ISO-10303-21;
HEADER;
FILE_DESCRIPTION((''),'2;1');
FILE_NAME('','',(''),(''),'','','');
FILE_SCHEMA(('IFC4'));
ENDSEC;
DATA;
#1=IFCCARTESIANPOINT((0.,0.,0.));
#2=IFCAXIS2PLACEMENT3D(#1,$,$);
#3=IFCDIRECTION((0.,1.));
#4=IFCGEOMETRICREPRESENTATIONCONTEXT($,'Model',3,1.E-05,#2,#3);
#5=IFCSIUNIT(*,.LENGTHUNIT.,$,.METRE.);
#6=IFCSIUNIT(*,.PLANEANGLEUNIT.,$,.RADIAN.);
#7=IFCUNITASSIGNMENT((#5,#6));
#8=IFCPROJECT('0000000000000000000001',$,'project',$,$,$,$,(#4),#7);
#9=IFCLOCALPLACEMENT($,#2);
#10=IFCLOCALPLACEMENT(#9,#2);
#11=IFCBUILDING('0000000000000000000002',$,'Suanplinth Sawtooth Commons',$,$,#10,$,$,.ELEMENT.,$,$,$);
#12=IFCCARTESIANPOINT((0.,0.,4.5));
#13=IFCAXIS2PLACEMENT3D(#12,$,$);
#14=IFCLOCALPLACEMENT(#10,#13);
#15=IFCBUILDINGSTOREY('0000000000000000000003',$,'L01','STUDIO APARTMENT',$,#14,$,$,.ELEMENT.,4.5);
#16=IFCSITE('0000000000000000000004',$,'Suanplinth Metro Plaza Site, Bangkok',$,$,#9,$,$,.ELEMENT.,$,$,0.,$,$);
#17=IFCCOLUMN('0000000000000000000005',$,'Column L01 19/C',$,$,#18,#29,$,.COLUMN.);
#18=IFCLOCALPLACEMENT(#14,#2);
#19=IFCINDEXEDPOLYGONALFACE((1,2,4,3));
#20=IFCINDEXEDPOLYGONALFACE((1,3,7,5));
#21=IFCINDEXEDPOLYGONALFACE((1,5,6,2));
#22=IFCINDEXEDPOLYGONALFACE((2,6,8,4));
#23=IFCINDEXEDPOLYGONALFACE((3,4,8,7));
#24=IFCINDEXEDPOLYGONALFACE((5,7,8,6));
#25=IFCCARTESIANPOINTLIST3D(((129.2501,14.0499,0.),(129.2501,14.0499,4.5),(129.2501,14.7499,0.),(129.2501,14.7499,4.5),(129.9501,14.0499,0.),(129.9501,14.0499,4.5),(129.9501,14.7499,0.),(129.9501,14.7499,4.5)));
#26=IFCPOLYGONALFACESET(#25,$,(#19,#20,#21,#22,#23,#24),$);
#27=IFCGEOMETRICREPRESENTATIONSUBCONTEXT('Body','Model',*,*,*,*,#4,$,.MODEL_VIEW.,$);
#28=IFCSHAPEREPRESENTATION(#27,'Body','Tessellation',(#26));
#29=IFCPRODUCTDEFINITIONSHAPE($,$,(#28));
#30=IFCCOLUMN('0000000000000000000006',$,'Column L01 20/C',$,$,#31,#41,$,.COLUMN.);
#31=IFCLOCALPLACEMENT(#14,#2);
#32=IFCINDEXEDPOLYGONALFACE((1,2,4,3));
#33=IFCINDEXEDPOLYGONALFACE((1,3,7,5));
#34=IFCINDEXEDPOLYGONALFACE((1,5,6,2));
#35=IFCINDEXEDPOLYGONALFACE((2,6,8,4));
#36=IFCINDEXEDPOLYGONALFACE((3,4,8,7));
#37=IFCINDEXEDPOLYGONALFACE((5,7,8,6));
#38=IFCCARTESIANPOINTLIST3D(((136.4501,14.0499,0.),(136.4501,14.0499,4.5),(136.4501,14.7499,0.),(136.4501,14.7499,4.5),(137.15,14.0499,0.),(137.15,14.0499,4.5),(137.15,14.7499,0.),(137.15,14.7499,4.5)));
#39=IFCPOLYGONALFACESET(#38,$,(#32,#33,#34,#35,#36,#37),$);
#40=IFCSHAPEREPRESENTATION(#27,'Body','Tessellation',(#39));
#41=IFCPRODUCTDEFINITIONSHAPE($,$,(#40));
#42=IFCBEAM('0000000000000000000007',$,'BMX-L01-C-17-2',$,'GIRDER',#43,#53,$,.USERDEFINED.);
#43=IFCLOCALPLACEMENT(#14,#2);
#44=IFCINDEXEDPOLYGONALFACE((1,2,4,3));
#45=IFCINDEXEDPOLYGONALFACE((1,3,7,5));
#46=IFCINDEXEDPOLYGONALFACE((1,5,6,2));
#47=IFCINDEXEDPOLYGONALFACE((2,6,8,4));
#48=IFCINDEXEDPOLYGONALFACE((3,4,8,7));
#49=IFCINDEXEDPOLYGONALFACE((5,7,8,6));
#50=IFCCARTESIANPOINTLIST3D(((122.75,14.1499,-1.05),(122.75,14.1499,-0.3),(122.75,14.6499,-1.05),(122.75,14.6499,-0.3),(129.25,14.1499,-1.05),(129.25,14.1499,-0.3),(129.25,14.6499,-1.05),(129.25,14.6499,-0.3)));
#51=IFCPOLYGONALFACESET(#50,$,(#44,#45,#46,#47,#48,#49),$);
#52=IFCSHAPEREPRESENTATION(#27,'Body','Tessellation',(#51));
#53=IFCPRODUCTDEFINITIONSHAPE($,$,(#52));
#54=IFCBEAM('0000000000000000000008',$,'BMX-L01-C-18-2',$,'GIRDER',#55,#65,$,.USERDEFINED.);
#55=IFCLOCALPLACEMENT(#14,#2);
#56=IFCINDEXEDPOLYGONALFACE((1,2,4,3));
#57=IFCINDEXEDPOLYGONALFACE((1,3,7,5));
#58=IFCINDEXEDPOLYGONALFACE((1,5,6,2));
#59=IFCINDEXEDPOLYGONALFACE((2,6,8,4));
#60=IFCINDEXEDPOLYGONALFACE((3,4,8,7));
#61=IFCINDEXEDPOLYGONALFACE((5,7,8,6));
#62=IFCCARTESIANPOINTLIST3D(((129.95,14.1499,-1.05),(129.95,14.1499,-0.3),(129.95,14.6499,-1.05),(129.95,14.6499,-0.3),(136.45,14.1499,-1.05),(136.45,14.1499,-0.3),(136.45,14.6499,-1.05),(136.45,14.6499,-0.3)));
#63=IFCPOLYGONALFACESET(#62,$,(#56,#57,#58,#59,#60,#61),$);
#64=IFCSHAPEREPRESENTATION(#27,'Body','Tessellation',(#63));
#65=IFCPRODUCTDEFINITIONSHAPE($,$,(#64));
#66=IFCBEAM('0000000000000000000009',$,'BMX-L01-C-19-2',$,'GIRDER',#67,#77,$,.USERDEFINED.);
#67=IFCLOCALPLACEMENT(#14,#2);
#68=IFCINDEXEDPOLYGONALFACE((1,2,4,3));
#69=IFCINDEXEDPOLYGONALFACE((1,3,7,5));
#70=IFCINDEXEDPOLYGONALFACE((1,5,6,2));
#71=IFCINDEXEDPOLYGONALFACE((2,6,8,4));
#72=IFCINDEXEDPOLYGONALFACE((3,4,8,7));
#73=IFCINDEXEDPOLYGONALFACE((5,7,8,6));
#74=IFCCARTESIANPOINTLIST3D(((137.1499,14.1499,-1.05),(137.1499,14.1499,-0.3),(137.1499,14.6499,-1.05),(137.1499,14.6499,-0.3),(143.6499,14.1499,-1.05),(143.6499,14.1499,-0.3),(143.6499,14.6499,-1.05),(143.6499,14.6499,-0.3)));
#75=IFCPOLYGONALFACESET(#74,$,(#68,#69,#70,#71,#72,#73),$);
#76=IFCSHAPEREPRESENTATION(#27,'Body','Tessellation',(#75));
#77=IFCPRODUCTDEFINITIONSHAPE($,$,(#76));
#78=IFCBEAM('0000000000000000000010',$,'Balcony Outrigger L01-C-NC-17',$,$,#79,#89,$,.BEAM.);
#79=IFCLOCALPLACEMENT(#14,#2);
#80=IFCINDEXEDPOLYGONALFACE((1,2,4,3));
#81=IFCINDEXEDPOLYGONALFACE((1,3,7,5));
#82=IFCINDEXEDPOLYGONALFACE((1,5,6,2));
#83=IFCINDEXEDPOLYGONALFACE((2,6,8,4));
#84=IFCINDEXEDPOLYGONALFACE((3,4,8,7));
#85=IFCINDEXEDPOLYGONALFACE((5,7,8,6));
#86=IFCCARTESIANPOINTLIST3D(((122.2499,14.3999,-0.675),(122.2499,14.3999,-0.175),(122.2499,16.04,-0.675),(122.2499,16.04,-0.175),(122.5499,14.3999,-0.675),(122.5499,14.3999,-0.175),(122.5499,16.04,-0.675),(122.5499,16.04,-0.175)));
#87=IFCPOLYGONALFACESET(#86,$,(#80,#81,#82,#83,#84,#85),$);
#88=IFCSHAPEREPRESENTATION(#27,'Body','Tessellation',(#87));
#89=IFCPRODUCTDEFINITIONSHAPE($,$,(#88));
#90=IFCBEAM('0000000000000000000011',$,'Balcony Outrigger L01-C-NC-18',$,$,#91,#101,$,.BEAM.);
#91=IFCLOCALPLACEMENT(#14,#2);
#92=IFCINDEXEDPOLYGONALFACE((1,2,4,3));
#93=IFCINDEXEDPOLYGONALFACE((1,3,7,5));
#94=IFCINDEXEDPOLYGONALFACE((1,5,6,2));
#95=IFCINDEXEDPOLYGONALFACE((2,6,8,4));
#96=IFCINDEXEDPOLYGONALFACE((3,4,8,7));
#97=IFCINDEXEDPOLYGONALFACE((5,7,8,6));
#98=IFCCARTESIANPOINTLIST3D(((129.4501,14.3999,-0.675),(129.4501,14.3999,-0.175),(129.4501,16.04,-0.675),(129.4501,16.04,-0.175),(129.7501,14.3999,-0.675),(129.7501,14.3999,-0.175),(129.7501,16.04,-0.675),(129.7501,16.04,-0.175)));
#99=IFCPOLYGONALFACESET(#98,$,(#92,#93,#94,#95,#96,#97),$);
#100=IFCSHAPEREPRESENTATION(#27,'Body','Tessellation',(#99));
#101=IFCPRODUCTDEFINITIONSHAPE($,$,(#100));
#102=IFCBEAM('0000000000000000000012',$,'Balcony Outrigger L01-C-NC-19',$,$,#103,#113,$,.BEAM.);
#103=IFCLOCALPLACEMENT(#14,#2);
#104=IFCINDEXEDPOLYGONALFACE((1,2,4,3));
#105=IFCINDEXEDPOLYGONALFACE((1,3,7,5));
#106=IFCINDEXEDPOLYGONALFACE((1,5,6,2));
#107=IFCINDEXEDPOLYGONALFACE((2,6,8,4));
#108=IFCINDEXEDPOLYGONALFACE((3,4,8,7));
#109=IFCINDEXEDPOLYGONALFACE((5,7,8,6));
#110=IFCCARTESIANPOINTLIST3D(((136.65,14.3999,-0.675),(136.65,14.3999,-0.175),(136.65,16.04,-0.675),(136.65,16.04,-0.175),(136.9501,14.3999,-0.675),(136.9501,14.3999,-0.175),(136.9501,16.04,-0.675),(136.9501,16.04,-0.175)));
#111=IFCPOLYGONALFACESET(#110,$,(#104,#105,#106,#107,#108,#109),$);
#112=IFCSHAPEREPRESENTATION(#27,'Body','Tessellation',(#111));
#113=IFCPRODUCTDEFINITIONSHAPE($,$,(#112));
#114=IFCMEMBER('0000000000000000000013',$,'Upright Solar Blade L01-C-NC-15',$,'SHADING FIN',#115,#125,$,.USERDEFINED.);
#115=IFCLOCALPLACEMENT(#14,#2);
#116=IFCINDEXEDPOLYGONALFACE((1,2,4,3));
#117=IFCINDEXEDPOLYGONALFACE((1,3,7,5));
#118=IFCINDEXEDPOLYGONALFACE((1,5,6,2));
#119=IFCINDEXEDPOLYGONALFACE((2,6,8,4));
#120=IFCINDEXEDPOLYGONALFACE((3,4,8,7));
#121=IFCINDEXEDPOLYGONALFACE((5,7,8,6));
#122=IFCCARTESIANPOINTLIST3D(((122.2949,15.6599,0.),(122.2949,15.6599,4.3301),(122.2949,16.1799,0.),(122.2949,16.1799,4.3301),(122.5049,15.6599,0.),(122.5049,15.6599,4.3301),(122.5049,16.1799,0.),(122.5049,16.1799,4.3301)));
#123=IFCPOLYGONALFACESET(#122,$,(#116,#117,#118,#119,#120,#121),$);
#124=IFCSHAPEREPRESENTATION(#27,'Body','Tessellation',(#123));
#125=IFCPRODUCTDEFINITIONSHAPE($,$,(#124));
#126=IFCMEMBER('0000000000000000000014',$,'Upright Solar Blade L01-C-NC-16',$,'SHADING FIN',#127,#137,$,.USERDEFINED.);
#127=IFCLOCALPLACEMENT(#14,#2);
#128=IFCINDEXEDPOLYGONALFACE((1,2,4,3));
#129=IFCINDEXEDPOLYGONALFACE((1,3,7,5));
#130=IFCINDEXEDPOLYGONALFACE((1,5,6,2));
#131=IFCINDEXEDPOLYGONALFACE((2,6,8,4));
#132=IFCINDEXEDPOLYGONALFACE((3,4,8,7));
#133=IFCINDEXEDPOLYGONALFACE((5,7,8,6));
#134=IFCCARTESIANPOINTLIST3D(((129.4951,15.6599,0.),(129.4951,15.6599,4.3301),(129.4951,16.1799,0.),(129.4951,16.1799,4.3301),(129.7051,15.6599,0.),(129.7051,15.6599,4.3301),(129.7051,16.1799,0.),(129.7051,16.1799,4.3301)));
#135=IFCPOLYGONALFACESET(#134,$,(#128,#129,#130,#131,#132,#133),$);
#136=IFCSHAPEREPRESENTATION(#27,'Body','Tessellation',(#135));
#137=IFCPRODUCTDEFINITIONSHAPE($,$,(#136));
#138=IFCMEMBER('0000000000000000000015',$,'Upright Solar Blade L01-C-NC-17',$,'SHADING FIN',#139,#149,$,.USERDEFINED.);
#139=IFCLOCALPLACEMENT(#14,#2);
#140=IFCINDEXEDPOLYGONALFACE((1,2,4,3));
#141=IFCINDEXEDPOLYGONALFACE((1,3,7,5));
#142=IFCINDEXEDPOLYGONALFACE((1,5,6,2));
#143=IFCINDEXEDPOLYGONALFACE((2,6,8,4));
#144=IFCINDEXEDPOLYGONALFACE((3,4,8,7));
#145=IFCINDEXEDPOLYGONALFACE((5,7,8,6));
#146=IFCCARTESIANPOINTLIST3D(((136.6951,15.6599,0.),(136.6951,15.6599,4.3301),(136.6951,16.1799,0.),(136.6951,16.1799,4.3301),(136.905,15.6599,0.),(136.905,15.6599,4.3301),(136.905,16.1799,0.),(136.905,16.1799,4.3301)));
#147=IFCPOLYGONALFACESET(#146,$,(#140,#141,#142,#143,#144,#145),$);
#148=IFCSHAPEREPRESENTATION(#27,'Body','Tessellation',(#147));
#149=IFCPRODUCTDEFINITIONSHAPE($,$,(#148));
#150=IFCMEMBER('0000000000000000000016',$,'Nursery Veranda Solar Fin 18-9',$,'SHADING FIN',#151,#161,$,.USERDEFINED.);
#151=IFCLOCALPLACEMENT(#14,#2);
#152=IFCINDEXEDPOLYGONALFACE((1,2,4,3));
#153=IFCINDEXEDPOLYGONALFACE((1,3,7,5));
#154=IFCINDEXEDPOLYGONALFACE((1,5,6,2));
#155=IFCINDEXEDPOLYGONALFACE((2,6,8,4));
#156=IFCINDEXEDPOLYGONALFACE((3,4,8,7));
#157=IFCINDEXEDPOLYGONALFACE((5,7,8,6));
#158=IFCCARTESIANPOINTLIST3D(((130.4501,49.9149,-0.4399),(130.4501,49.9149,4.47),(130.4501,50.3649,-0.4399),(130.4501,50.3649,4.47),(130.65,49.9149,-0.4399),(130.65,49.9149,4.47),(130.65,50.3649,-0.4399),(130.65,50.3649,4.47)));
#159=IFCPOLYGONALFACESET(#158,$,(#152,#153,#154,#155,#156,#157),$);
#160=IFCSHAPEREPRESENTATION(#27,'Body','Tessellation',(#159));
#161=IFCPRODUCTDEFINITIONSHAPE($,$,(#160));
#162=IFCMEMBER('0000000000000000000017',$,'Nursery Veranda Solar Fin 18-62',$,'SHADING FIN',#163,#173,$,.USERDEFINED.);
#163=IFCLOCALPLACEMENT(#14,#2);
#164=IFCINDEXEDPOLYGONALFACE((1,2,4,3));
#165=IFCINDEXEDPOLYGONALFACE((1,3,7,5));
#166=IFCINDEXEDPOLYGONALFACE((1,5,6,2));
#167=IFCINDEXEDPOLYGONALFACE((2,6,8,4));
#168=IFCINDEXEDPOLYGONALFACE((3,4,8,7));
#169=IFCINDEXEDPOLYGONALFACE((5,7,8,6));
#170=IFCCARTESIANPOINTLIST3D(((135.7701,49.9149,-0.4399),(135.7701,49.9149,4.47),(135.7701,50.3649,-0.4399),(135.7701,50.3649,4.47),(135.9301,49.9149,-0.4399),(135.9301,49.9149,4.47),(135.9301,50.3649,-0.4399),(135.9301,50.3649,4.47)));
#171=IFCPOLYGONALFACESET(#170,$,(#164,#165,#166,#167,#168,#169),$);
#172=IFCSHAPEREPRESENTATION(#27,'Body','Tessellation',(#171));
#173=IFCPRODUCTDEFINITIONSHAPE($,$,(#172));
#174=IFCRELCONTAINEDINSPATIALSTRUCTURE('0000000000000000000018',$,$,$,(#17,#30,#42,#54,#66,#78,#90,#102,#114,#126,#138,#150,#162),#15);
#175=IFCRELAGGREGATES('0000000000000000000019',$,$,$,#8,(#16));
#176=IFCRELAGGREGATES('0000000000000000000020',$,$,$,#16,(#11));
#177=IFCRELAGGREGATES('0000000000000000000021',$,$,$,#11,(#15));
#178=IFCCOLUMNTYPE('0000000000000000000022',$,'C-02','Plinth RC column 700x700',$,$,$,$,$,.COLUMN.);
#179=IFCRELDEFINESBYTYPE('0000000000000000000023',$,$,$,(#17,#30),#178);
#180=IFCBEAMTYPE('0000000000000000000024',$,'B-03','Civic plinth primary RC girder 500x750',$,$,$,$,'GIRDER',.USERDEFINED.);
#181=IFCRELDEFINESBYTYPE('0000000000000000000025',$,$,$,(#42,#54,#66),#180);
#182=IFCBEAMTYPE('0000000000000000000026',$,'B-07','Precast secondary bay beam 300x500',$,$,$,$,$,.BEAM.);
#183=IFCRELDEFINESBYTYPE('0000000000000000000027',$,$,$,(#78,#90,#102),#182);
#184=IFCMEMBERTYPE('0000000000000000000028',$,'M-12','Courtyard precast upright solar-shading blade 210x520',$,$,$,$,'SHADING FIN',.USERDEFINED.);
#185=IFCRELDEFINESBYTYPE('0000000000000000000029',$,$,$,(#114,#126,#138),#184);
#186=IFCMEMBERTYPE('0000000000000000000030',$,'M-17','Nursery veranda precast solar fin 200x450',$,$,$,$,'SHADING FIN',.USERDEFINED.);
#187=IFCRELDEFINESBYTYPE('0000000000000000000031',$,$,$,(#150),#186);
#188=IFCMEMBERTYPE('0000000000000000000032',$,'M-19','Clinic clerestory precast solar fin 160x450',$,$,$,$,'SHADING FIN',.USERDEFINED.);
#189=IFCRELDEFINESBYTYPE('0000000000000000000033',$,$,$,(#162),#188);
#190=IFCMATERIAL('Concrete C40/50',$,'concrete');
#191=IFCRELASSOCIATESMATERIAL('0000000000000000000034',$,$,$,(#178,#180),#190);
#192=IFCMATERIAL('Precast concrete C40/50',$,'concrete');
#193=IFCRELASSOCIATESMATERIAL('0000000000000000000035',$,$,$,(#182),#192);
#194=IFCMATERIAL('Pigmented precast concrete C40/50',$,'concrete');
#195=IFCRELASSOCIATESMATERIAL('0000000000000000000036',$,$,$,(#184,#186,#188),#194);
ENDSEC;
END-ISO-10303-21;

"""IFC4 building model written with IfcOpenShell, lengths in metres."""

from ifc_helpers import new_model, si_unit, direction, frame, origin, origin_2d, place, context, subcontext, project, spatial, rectangle, extrude, material, material_profile, profile_set, type_object, element, save


model = new_model("IFC4")

# Units and contexts
model_context = context("Model", 3, precision=1e-05, world=origin(), true_north=direction((0.0, 1.0)))
body_context = subcontext(model_context, "Body", "Model", "MODEL_VIEW")
ifc_project = project(units=[si_unit("LENGTHUNIT", "METRE"), si_unit("PLANEANGLEUNIT", "RADIAN")], contexts=[model_context])

# Site, building, storey
site_placement = place(None, origin())
site = spatial("IfcSite", under=ifc_project, at=site_placement, Name="Suanplinth Metro Plaza Site, Bangkok", CompositionType="ELEMENT", RefElevation=0.0)
building_placement = place(site_placement, origin())
building = spatial("IfcBuilding", under=site, at=building_placement, Name="Suanplinth Sawtooth Commons", CompositionType="ELEMENT")
storey_placement = place(building_placement, frame((0.0, 0.0, 4.5)))
storey = spatial("IfcBuildingStorey", under=building, at=storey_placement, Name="L01", Description="STUDIO APARTMENT", CompositionType="ELEMENT", Elevation=4.5)

# Columns
ifc_material_1 = material(Name="Concrete C40/50", Category="concrete")
ifc_material_profile_1 = material_profile(ifc_material_1, rectangle(XDim=0.7, YDim=0.7, at=origin_2d()), Name="RC-COL 700x700")
ifc_profile_set_1 = profile_set([ifc_material_profile_1], Name="Concrete C40/50")
column_type = type_object("IfcColumnType", Name="C-02", Description="Plinth RC column 700x700", PredefinedType="COLUMN", material=ifc_profile_set_1)
for number, where, z_axis, x_axis, name in (
    (1, (129.6001, 14.3999, 0.0), (0.0, 0.0, 1.0), (1.0, 0.0, 0.0), "Column L01 19/C"),
    (2, (136.8, 14.3999, 0.0), (0.0, 0.0, 1.0), (1.0, 0.0, 0.0), "Column L01 20/C"),
):
    element("IfcColumn", number, at=place(storey_placement, frame(where, z_axis=z_axis, x_axis=x_axis)), inside=storey, type_object=column_type, Name=name, PredefinedType="COLUMN", context=body_context, shape_type="SweptSolid", body=[
        extrude(rectangle(XDim=0.7, YDim=0.7, at=origin_2d()), origin(), (0.0, 0.0, 1.0), 4.5),
    ])

# Beams
ifc_material_profile_2 = material_profile(ifc_material_1, rectangle(XDim=0.5, YDim=0.75, at=origin_2d()), Name="RC-GDR 500x750")
ifc_profile_set_2 = profile_set([ifc_material_profile_2], Name="Concrete C40/50")
beam_type_1 = type_object("IfcBeamType", Name="B-03", Description="Civic plinth primary RC girder 500x750", ElementType="GIRDER", PredefinedType="USERDEFINED", material=ifc_profile_set_2)
for number, where, z_axis, x_axis, name in (
    (3, (122.75, 14.3999, -0.675), (1.0, 0.0, 0.0), (0.0, 1.0, 0.0), "BMX-L01-C-17-2"),
    (4, (129.95, 14.3999, -0.675), (1.0, 0.0, 0.0), (0.0, 1.0, 0.0), "BMX-L01-C-18-2"),
    (5, (137.1499, 14.3999, -0.675), (1.0, 0.0, 0.0), (0.0, 1.0, 0.0), "BMX-L01-C-19-2"),
):
    element("IfcBeam", number, at=place(storey_placement, frame(where, z_axis=z_axis, x_axis=x_axis)), inside=storey, type_object=beam_type_1, Name=name, ObjectType="GIRDER", PredefinedType="USERDEFINED", context=body_context, shape_type="SweptSolid", body=[
        extrude(rectangle(XDim=0.5, YDim=0.75, at=origin_2d()), origin(), (0.0, 0.0, 1.0), 6.5),
    ])
ifc_material_2 = material(Name="Precast concrete C40/50", Category="concrete")
ifc_material_profile_3 = material_profile(ifc_material_2, rectangle(XDim=0.3, YDim=0.5, at=origin_2d()), Name="PC-BM 300x500")
ifc_profile_set_3 = profile_set([ifc_material_profile_3], Name="Precast concrete C40/50")
beam_type_2 = type_object("IfcBeamType", Name="B-07", Description="Precast secondary bay beam 300x500", PredefinedType="BEAM", material=ifc_profile_set_3)
for number, where, z_axis, x_axis, name in (
    (6, (122.3999, 14.3999, -0.425), (0.0, 1.0, 0.0), (-1.0, 0.0, 0.0), "Balcony Outrigger L01-C-NC-17"),
    (7, (129.6001, 14.3999, -0.425), (0.0, 1.0, 0.0), (-1.0, 0.0, 0.0), "Balcony Outrigger L01-C-NC-18"),
    (8, (136.8, 14.3999, -0.425), (0.0, 1.0, 0.0), (-1.0, 0.0, 0.0), "Balcony Outrigger L01-C-NC-19"),
):
    element("IfcBeam", number, at=place(storey_placement, frame(where, z_axis=z_axis, x_axis=x_axis)), inside=storey, type_object=beam_type_2, Name=name, PredefinedType="BEAM", context=body_context, shape_type="SweptSolid", body=[
        extrude(rectangle(XDim=0.3, YDim=0.5, at=origin_2d()), origin(), (0.0, 0.0, 1.0), 1.6401),
    ])

# Members
ifc_material_3 = material(Name="Pigmented precast concrete C40/50", Category="concrete")
ifc_material_profile_4 = material_profile(ifc_material_3, rectangle(XDim=0.21, YDim=0.52, at=origin_2d()), Name="PC-FIN 210x520")
ifc_profile_set_4 = profile_set([ifc_material_profile_4], Name="Pigmented precast concrete C40/50")
member_type_1 = type_object("IfcMemberType", Name="M-12", Description="Courtyard precast upright solar-shading blade 210x520", ElementType="SHADING FIN", PredefinedType="USERDEFINED", material=ifc_profile_set_4)
for number, where, z_axis, x_axis, name in (
    (9, (122.3999, 15.9199, 0.0), (0.0, 0.0, 1.0), (1.0, 0.0, 0.0), "Upright Solar Blade L01-C-NC-15"),
    (10, (129.6001, 15.9199, 0.0), (0.0, 0.0, 1.0), (1.0, 0.0, 0.0), "Upright Solar Blade L01-C-NC-16"),
    (11, (136.8, 15.9199, 0.0), (0.0, 0.0, 1.0), (1.0, 0.0, 0.0), "Upright Solar Blade L01-C-NC-17"),
):
    element("IfcMember", number, at=place(storey_placement, frame(where, z_axis=z_axis, x_axis=x_axis)), inside=storey, type_object=member_type_1, Name=name, ObjectType="SHADING FIN", PredefinedType="USERDEFINED", context=body_context, shape_type="SweptSolid", body=[
        extrude(rectangle(XDim=0.21, YDim=0.52, at=origin_2d()), origin(), (0.0, 0.0, 1.0), 4.3301),
    ])
ifc_material_profile_5 = material_profile(ifc_material_3, rectangle(XDim=0.2, YDim=0.45, at=origin_2d()), Name="PC-FIN 200x450")
ifc_profile_set_5 = profile_set([ifc_material_profile_5], Name="Pigmented precast concrete C40/50")
member_type_2 = type_object("IfcMemberType", Name="M-17", Description="Nursery veranda precast solar fin 200x450", ElementType="SHADING FIN", PredefinedType="USERDEFINED", material=ifc_profile_set_5)
member_1_placement = place(storey_placement, frame((130.55, 50.1399, -0.4399), z_axis=(0.0, 0.0, 1.0), x_axis=(1.0, 0.0, 0.0)))
element("IfcMember", 12, at=member_1_placement, inside=storey, type_object=member_type_2, Name="Nursery Veranda Solar Fin 18-9", ObjectType="SHADING FIN", PredefinedType="USERDEFINED", context=body_context, shape_type="SweptSolid", body=[
    extrude(rectangle(XDim=0.2, YDim=0.45, at=origin_2d()), origin(), (0.0, 0.0, 1.0), 4.9099),
])
ifc_material_profile_6 = material_profile(ifc_material_3, rectangle(XDim=0.1599, YDim=0.45, at=origin_2d()), Name="PC-FIN 160x450")
ifc_profile_set_6 = profile_set([ifc_material_profile_6], Name="Pigmented precast concrete C40/50")
member_type_3 = type_object("IfcMemberType", Name="M-19", Description="Clinic clerestory precast solar fin 160x450", ElementType="SHADING FIN", PredefinedType="USERDEFINED", material=ifc_profile_set_6)
member_2_placement = place(storey_placement, frame((135.8501, 50.1399, -0.4399), z_axis=(0.0, 0.0, 1.0), x_axis=(1.0, 0.0, 0.0)))
element("IfcMember", 13, at=member_2_placement, inside=storey, type_object=member_type_3, Name="Nursery Veranda Solar Fin 18-62", ObjectType="SHADING FIN", PredefinedType="USERDEFINED", context=body_context, shape_type="SweptSolid", body=[
    extrude(rectangle(XDim=0.1599, YDim=0.45, at=origin_2d()), origin(), (0.0, 0.0, 1.0), 4.9099),
])

save(model, "model.ifc")
